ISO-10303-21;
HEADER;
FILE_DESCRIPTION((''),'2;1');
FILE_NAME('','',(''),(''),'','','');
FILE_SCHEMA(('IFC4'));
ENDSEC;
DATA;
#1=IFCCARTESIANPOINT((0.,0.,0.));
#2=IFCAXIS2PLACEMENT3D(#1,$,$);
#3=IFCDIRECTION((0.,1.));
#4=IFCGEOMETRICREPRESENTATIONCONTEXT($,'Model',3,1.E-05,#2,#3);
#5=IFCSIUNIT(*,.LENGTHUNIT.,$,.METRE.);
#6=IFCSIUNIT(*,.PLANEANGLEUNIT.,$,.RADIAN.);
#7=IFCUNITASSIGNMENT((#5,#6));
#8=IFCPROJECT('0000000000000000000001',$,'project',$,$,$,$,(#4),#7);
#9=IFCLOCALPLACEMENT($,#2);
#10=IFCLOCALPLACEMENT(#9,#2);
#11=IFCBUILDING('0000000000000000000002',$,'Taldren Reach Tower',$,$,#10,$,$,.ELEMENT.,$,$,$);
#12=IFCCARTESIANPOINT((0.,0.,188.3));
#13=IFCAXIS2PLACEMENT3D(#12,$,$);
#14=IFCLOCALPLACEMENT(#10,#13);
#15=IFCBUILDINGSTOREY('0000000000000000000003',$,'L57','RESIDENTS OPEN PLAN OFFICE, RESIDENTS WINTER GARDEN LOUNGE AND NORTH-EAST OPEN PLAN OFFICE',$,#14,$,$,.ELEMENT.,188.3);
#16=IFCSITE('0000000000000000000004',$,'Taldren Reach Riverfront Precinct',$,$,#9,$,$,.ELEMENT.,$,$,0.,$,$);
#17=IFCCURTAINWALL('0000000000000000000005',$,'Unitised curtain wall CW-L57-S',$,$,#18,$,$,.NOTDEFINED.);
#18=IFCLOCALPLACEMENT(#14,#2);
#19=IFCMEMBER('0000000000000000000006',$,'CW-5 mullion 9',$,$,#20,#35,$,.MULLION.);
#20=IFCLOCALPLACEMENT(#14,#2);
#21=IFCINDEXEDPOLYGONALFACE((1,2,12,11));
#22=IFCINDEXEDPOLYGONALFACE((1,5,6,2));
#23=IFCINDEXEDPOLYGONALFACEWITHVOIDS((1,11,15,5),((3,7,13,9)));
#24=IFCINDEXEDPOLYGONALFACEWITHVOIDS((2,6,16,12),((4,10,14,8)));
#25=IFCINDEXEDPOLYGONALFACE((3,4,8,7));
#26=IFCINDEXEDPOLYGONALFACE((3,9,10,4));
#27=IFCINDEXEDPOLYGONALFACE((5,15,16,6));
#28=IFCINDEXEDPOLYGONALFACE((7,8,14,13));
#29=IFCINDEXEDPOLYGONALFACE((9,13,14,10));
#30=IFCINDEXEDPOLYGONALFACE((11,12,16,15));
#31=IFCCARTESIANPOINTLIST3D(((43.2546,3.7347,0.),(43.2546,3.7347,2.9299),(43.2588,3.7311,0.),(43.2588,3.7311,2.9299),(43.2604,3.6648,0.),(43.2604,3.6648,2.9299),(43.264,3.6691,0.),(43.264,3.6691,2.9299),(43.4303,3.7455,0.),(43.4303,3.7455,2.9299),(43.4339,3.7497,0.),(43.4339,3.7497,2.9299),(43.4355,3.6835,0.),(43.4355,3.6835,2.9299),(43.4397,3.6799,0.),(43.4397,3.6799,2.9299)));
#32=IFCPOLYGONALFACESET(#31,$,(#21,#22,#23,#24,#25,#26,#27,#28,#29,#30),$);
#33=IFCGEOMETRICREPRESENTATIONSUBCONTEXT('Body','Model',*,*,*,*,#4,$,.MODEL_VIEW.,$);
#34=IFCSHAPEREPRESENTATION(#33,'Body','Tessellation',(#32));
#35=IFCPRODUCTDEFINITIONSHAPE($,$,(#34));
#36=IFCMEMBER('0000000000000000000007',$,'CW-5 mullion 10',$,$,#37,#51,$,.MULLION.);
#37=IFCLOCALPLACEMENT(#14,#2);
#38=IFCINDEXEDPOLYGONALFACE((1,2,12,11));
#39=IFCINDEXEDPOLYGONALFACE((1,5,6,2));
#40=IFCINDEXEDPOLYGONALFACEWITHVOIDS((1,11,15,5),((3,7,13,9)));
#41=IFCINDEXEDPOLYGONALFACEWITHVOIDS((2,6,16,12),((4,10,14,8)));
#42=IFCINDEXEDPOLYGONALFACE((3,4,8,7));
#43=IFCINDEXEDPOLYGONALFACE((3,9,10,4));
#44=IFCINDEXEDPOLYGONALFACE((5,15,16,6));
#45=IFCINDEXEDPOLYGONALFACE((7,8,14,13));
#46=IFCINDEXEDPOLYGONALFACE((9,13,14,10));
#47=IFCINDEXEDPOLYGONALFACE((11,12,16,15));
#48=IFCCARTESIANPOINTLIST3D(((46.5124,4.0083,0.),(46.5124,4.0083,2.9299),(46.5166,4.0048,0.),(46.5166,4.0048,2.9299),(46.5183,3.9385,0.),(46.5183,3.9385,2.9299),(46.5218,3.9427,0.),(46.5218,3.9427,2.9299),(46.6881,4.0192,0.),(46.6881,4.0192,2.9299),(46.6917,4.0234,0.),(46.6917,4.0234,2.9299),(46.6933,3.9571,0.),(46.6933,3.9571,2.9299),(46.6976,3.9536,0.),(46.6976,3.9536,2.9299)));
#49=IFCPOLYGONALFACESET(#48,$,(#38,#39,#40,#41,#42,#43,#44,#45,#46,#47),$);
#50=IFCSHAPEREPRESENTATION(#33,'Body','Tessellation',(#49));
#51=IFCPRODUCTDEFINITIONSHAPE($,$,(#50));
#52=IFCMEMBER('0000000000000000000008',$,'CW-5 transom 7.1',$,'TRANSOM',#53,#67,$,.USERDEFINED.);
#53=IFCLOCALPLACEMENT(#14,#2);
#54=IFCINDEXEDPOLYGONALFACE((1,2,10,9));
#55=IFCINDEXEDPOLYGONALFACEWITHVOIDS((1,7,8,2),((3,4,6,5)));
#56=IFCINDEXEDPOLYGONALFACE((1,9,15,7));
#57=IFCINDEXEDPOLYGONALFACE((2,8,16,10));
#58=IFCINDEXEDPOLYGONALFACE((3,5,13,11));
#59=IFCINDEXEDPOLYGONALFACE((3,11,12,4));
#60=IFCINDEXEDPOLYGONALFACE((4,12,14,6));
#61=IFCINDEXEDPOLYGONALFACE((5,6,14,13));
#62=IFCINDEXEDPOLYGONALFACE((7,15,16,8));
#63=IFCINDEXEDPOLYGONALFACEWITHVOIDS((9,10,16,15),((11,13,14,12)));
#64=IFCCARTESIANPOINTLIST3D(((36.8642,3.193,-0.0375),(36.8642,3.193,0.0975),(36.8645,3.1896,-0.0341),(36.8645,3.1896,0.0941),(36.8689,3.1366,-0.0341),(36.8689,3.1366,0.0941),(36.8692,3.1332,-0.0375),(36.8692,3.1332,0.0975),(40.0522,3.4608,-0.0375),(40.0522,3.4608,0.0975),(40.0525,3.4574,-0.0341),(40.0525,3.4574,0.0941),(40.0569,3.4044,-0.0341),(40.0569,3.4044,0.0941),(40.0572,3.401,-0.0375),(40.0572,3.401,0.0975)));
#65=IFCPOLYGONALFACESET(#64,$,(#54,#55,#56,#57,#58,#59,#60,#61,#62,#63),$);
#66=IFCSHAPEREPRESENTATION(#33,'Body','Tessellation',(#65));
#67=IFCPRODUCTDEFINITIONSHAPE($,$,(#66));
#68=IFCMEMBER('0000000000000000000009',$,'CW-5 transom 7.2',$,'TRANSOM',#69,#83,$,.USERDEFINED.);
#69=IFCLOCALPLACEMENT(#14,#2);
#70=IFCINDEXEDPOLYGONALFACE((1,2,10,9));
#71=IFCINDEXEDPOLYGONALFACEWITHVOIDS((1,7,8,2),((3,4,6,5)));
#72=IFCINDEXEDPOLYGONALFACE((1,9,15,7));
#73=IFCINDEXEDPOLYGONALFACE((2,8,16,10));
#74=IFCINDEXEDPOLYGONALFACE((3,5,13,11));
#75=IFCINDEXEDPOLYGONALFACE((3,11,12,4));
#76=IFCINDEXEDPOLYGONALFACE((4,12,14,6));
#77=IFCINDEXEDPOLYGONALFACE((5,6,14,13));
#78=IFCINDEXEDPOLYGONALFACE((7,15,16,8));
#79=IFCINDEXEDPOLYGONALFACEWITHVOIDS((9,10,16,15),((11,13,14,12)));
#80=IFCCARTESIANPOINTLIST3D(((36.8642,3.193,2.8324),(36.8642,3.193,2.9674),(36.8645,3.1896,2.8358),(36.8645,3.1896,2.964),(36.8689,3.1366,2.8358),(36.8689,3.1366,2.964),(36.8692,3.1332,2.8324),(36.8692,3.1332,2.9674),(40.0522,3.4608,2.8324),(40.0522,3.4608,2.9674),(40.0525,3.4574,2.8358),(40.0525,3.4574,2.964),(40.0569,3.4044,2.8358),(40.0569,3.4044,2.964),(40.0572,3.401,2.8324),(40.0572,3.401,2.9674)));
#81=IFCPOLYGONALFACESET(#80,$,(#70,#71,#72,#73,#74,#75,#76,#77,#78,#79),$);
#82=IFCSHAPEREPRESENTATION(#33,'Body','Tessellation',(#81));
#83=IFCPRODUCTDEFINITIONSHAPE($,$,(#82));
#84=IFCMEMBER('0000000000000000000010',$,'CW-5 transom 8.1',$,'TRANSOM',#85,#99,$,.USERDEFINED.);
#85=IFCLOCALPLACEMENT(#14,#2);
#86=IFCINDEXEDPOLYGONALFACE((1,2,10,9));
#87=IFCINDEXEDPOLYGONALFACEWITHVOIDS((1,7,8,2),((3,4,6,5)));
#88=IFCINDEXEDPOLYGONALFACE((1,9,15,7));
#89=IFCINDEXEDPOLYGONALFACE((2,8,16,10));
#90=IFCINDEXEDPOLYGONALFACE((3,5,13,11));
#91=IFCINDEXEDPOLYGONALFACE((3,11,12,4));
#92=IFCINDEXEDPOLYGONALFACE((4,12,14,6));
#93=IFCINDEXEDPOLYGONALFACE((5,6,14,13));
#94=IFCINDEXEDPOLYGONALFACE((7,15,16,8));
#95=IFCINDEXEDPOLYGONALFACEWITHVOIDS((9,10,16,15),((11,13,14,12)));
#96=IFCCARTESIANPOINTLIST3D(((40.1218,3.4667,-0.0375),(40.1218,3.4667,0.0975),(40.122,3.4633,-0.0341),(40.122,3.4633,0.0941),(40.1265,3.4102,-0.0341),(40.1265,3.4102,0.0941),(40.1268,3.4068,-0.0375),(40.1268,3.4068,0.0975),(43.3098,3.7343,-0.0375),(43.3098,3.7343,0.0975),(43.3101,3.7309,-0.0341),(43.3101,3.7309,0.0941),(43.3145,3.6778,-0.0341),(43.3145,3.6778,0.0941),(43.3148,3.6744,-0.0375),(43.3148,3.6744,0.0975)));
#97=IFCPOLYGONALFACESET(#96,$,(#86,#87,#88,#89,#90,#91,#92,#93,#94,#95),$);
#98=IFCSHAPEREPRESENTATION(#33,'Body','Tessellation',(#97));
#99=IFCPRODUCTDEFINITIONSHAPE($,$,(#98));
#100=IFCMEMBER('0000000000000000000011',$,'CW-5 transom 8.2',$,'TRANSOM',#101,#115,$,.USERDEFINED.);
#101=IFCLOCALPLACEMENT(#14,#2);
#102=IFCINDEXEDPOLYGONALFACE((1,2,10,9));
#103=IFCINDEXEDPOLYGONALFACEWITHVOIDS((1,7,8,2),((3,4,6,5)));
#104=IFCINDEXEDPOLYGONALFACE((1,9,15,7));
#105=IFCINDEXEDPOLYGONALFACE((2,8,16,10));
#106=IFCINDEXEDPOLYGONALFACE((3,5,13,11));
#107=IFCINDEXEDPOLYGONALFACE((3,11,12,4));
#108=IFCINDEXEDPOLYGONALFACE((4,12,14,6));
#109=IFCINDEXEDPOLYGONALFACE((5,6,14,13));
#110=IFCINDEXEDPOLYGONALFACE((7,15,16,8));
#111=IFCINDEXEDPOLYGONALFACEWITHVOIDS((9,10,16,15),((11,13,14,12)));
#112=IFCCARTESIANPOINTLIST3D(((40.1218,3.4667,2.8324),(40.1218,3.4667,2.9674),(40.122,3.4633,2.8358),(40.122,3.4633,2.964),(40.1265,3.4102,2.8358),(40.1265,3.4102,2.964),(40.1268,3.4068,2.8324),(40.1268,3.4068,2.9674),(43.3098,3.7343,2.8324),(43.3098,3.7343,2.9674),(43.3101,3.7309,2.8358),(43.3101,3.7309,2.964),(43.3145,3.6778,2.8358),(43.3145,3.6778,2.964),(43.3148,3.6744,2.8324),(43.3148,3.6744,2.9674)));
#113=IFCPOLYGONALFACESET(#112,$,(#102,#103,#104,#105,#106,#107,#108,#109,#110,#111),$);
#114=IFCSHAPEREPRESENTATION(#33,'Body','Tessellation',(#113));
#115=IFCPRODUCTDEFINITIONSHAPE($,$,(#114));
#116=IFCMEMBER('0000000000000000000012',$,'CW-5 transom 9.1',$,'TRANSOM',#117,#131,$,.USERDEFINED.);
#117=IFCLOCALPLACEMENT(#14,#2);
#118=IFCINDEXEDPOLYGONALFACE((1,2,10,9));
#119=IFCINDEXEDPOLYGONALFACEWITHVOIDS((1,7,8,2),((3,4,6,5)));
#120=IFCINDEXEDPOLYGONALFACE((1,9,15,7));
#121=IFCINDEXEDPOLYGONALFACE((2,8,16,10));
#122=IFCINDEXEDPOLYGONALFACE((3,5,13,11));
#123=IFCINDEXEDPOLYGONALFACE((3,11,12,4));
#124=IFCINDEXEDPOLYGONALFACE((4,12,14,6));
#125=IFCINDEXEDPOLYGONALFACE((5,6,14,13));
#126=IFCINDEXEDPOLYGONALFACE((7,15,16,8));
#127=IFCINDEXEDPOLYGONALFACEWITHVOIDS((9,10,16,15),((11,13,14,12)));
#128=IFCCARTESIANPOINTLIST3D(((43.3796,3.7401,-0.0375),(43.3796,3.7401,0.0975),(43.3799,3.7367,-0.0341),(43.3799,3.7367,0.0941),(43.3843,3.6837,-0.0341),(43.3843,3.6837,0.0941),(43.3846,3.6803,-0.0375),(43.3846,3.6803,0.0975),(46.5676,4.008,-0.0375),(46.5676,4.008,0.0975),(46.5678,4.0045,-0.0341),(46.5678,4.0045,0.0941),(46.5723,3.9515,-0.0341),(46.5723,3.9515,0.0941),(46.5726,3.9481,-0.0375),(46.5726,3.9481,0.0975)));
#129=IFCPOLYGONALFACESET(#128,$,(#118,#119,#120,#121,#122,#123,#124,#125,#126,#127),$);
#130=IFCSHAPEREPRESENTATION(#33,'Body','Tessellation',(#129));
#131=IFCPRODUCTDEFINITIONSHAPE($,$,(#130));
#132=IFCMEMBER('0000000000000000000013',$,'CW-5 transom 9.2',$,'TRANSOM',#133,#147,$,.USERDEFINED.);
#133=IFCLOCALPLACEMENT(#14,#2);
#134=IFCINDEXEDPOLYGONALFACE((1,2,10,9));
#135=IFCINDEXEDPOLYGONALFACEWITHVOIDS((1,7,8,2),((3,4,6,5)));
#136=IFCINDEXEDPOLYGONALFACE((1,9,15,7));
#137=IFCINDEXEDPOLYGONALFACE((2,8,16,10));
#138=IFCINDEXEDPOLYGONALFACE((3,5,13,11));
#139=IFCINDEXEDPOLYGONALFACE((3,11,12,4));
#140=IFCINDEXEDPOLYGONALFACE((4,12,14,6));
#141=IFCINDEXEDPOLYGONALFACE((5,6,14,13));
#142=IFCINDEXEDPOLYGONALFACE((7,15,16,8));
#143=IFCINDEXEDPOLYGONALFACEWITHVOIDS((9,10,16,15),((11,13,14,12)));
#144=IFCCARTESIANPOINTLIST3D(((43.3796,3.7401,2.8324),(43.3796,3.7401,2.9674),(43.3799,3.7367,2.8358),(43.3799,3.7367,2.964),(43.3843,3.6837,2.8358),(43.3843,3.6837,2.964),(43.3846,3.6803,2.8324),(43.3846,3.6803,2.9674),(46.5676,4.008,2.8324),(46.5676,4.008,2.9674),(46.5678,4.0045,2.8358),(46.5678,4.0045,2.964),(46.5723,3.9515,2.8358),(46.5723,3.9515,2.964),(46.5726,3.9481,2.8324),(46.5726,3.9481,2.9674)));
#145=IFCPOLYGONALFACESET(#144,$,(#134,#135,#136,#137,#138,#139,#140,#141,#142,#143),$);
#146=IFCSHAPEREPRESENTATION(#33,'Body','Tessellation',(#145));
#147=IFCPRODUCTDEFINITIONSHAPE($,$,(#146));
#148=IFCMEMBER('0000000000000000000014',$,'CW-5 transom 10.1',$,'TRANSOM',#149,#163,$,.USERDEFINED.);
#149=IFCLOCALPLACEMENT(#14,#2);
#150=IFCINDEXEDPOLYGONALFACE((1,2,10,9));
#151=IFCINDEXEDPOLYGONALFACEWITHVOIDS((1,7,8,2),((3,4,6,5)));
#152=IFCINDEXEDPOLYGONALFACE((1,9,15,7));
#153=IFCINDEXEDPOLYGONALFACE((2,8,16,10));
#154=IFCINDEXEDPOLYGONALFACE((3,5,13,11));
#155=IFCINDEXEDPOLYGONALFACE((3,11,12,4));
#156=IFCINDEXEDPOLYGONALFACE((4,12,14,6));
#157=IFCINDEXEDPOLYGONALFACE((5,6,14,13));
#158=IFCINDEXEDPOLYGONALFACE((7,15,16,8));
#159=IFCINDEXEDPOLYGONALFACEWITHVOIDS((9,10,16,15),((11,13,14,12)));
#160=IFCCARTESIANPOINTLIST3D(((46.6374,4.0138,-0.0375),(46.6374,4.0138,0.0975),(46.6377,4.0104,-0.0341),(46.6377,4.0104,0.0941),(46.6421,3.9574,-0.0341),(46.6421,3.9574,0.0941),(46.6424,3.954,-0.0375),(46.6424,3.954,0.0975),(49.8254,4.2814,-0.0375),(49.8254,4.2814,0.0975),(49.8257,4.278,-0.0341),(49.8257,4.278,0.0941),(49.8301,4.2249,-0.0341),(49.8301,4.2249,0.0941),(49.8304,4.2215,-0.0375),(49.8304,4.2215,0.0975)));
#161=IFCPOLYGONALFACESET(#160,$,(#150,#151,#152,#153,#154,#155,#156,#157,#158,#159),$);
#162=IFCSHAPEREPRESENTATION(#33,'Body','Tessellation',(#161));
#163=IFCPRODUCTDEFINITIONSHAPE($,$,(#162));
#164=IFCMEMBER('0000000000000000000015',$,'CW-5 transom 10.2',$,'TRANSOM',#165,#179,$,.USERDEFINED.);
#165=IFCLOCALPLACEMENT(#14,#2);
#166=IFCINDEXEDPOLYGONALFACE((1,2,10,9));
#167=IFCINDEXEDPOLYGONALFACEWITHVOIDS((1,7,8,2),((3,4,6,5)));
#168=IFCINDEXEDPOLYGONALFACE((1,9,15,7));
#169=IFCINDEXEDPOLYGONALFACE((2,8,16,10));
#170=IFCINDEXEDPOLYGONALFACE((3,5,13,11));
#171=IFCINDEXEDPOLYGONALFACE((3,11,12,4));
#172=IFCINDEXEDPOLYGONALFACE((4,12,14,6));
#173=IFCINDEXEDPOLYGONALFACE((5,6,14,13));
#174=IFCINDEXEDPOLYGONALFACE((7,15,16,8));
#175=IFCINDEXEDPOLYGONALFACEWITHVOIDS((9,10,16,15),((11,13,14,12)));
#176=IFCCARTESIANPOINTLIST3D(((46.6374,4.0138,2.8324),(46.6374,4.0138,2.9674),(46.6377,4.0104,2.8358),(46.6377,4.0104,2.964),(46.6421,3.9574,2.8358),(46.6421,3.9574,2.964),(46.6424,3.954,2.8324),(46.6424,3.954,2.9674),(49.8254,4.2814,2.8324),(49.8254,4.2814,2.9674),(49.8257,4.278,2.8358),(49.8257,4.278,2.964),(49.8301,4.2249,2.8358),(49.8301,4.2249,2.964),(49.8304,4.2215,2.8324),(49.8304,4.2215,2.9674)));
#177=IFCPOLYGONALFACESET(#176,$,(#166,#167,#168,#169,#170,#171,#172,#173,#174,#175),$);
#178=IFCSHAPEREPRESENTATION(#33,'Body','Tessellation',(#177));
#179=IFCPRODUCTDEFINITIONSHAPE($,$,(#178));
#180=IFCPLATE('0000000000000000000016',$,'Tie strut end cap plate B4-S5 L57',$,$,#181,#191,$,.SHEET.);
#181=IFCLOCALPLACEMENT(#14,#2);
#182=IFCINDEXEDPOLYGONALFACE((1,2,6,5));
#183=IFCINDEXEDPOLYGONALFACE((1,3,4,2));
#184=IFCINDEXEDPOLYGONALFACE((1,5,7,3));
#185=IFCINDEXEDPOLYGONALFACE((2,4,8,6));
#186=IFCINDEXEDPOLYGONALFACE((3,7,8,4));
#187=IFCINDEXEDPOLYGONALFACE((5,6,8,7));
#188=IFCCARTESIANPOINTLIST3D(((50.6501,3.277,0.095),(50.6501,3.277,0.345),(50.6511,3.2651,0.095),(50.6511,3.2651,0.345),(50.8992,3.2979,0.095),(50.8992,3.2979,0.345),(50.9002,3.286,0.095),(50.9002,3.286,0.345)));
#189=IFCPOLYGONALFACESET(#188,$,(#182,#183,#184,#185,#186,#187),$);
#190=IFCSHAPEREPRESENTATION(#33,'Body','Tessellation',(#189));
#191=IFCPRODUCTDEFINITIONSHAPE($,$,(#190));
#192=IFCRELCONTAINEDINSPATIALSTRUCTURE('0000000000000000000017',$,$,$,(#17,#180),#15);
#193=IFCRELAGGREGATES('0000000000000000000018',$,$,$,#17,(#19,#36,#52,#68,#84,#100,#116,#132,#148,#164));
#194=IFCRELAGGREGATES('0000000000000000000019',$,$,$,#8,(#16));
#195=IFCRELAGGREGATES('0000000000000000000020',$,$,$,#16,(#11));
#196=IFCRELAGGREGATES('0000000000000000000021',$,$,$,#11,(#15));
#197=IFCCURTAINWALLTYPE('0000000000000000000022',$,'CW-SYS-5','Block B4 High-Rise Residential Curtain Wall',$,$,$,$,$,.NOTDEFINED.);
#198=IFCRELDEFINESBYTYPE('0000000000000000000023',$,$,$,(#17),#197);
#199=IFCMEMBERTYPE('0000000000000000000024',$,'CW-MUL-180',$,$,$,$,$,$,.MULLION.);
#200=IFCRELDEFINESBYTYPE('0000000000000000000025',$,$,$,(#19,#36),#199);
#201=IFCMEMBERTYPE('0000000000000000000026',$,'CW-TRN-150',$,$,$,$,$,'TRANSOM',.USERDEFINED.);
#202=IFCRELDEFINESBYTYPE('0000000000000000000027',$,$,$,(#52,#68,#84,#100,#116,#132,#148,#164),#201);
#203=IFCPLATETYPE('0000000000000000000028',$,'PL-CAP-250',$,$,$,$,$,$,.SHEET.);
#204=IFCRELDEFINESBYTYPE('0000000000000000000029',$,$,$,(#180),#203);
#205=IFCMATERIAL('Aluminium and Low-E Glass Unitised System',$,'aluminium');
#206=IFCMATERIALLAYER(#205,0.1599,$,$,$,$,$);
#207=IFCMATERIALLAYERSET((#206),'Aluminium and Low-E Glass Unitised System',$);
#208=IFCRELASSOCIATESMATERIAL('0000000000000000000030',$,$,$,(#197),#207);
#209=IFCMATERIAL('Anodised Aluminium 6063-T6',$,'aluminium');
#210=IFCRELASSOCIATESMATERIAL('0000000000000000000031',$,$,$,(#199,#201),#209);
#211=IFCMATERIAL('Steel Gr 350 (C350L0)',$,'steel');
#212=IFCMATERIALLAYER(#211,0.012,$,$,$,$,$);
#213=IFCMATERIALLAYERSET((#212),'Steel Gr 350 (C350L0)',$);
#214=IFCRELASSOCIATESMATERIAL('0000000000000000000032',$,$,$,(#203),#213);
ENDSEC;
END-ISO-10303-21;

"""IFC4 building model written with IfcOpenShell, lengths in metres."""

from ifc_helpers import new_model, si_unit, direction, frame, origin, origin_2d, place, context, subcontext, project, spatial, rectangle, hollow_rectangle, extrude, source, transform, mapped, material, layer, layer_set, material_profile, profile_set, type_object, element, aggregate, save


model = new_model("IFC4")

# Units and contexts
model_context = context("Model", 3, precision=1e-05, world=origin(), true_north=direction((0.0, 1.0)))
body_context = subcontext(model_context, "Body", "Model", "MODEL_VIEW")
ifc_project = project(units=[si_unit("LENGTHUNIT", "METRE"), si_unit("PLANEANGLEUNIT", "RADIAN")], contexts=[model_context])

# Site, building, storey
site_placement = place(None, origin())
site = spatial("IfcSite", under=ifc_project, at=site_placement, Name="Taldren Reach Riverfront Precinct", CompositionType="ELEMENT", RefElevation=0.0)
building_placement = place(site_placement, origin())
building = spatial("IfcBuilding", under=site, at=building_placement, Name="Taldren Reach Tower", CompositionType="ELEMENT")
storey_placement = place(building_placement, frame((0.0, 0.0, 188.3)))
storey = spatial("IfcBuildingStorey", under=building, at=storey_placement, Name="L57", Description="RESIDENTS OPEN PLAN OFFICE, RESIDENTS WINTER GARDEN LOUNGE AND NORTH-EAST OPEN PLAN OFFICE", CompositionType="ELEMENT", Elevation=188.3)

# Shared definitions
ifc_material_1 = material(Name="Steel Gr 350 (C350L0)", Category="steel")

# Curtain wall, members
ifc_material_2 = material(Name="Aluminium and Low-E Glass Unitised System", Category="aluminium")
ifc_layer_1 = layer(ifc_material_2, 0.1599)
ifc_layer_set_1 = layer_set([ifc_layer_1], Name="Aluminium and Low-E Glass Unitised System")
curtain_wall_type = type_object("IfcCurtainWallType", Name="CW-SYS-5", Description="Block B4 High-Rise Residential Curtain Wall", PredefinedType="NOTDEFINED", material=ifc_layer_set_1)
curtain_wall_placement = place(storey_placement, origin())
curtain_wall = element("IfcCurtainWall", 1, at=curtain_wall_placement, inside=storey, type_object=curtain_wall_type, Name="Unitised curtain wall CW-L57-S", PredefinedType="NOTDEFINED")
ifc_material_3 = material(Name="Anodised Aluminium 6063-T6", Category="aluminium")
ifc_material_profile_1 = material_profile(ifc_material_3, hollow_rectangle(XDim=0.0701, YDim=0.1799, WallThickness=0.0039, at=origin_2d()), Name="ALU-180x70x4RHS")
ifc_profile_set_1 = profile_set([ifc_material_profile_1], Name="Anodised Aluminium 6063-T6")
member_type_1 = type_object("IfcMemberType", Name="CW-MUL-180", PredefinedType="MULLION", material=ifc_profile_set_1)
shared_shape_1 = source(origin(), body_context, "Body", "SweptSolid", [
    extrude(hollow_rectangle(XDim=0.0701, YDim=0.1799, WallThickness=0.0039, at=origin_2d()), origin(), (0.0, 0.0, 1.0), 2.9299),
])
member_1_placement = place(storey_placement, frame((43.3472, 3.7073, 0.0), z_axis=(0.0, 0.0, 1.0), x_axis=(-0.083678, 0.996493, 0.0)))
member_1 = element("IfcMember", 2, at=member_1_placement, type_object=member_type_1, Name="CW-5 mullion 9", PredefinedType="MULLION", context=body_context, shape_type="MappedRepresentation", body=[
    mapped(shared_shape_1, transform((0.0, 0.0, 0.0), scale=1.0)),
])
member_2_placement = place(storey_placement, frame((46.605, 3.981, 0.0), z_axis=(0.0, 0.0, 1.0), x_axis=(-0.083678, 0.996493, 0.0)))
member_2 = element("IfcMember", 3, at=member_2_placement, type_object=member_type_1, Name="CW-5 mullion 10", PredefinedType="MULLION", context=body_context, shape_type="MappedRepresentation", body=[
    mapped(shared_shape_1, transform((0.0, 0.0, 0.0), scale=1.0)),
])
ifc_material_profile_2 = material_profile(ifc_material_3, hollow_rectangle(XDim=0.0601, YDim=0.135, WallThickness=0.0034, at=origin_2d()), Name="ALU-135x60x3.5RHS")
ifc_profile_set_2 = profile_set([ifc_material_profile_2], Name="Anodised Aluminium 6063-T6")
member_type_2 = type_object("IfcMemberType", Name="CW-TRN-150", ElementType="TRANSOM", PredefinedType="USERDEFINED", material=ifc_profile_set_2)
shared_shape_2 = source(origin(), body_context, "Body", "SweptSolid", [
    extrude(hollow_rectangle(XDim=0.0601, YDim=0.135, WallThickness=0.0034, at=origin_2d()), origin(), (0.0, 0.0, 1.0), 3.1992),
])
member_3_placement = place(storey_placement, frame((36.8667, 3.1631, 0.03), z_axis=(0.99649, 0.083715, 0.0), x_axis=(-0.083715, 0.99649, 0.0)))
member_3 = element("IfcMember", 4, at=member_3_placement, type_object=member_type_2, Name="CW-5 transom 7.1", ObjectType="TRANSOM", PredefinedType="USERDEFINED", context=body_context, shape_type="MappedRepresentation", body=[
    mapped(shared_shape_2, transform((0.0, 0.0, 0.0), scale=1.0)),
])
member_4_placement = place(storey_placement, frame((36.8667, 3.1631, 2.8999), z_axis=(0.99649, 0.083715, 0.0), x_axis=(-0.083715, 0.99649, 0.0)))
member_4 = element("IfcMember", 5, at=member_4_placement, type_object=member_type_2, Name="CW-5 transom 7.2", ObjectType="TRANSOM", PredefinedType="USERDEFINED", context=body_context, shape_type="MappedRepresentation", body=[
    mapped(shared_shape_2, transform((0.0, 0.0, 0.0), scale=1.0)),
])
member_5_placement = place(storey_placement, frame((40.1243, 3.4368, 0.03), z_axis=(0.996496, 0.083639, 0.0), x_axis=(-0.083639, 0.996496, 0.0)))
member_5 = element("IfcMember", 6, at=member_5_placement, type_object=member_type_2, Name="CW-5 transom 8.1", ObjectType="TRANSOM", PredefinedType="USERDEFINED", context=body_context, shape_type="MappedRepresentation", body=[
    mapped(shared_shape_2, transform((0.0, 0.0, 0.0), scale=1.0)),
])
member_6_placement = place(storey_placement, frame((40.1243, 3.4368, 2.8999), z_axis=(0.996496, 0.083639, 0.0), x_axis=(-0.083639, 0.996496, 0.0)))
member_6 = element("IfcMember", 7, at=member_6_placement, type_object=member_type_2, Name="CW-5 transom 8.2", ObjectType="TRANSOM", PredefinedType="USERDEFINED", context=body_context, shape_type="MappedRepresentation", body=[
    mapped(shared_shape_2, transform((0.0, 0.0, 0.0), scale=1.0)),
])
member_7_placement = place(storey_placement, frame((43.3821, 3.7102, 0.03), z_axis=(0.99649, 0.083715, 0.0), x_axis=(-0.083715, 0.99649, 0.0)))
member_7 = element("IfcMember", 8, at=member_7_placement, type_object=member_type_2, Name="CW-5 transom 9.1", ObjectType="TRANSOM", PredefinedType="USERDEFINED", context=body_context, shape_type="MappedRepresentation", body=[
    mapped(shared_shape_2, transform((0.0, 0.0, 0.0), scale=1.0)),
])
member_8_placement = place(storey_placement, frame((43.3821, 3.7102, 2.8999), z_axis=(0.99649, 0.083715, 0.0), x_axis=(-0.083715, 0.99649, 0.0)))
member_8 = element("IfcMember", 9, at=member_8_placement, type_object=member_type_2, Name="CW-5 transom 9.2", ObjectType="TRANSOM", PredefinedType="USERDEFINED", context=body_context, shape_type="MappedRepresentation", body=[
    mapped(shared_shape_2, transform((0.0, 0.0, 0.0), scale=1.0)),
])
member_9_placement = place(storey_placement, frame((46.6399, 3.9839, 0.03), z_axis=(0.996496, 0.083639, 0.0), x_axis=(-0.083639, 0.996496, 0.0)))
member_9 = element("IfcMember", 10, at=member_9_placement, type_object=member_type_2, Name="CW-5 transom 10.1", ObjectType="TRANSOM", PredefinedType="USERDEFINED", context=body_context, shape_type="MappedRepresentation", body=[
    mapped(shared_shape_2, transform((0.0, 0.0, 0.0), scale=1.0)),
])
member_10_placement = place(storey_placement, frame((46.6399, 3.9839, 2.8999), z_axis=(0.996496, 0.083639, 0.0), x_axis=(-0.083639, 0.996496, 0.0)))
member_10 = element("IfcMember", 11, at=member_10_placement, type_object=member_type_2, Name="CW-5 transom 10.2", ObjectType="TRANSOM", PredefinedType="USERDEFINED", context=body_context, shape_type="MappedRepresentation", body=[
    mapped(shared_shape_2, transform((0.0, 0.0, 0.0), scale=1.0)),
])

# Plate
ifc_layer_2 = layer(ifc_material_1, 0.012)
ifc_layer_set_2 = layer_set([ifc_layer_2], Name="Steel Gr 350 (C350L0)")
plate_type_1 = type_object("IfcPlateType", Name="PL-CAP-250", PredefinedType="SHEET", material=ifc_layer_set_2)
shared_shape_3 = source(origin(), body_context, "Body", "SweptSolid", [
    extrude(rectangle(XDim=0.25, YDim=0.012, at=origin_2d()), origin(), (0.0, 0.0, 1.0), 0.25),
])
plate_1_placement = place(storey_placement, frame((50.7751, 3.2815, 0.095), z_axis=(0.0, 0.0, 1.0), x_axis=(0.996493, 0.083678, 0.0)))
element("IfcPlate", 12, at=plate_1_placement, inside=storey, type_object=plate_type_1, Name="Tie strut end cap plate B4-S5 L57", PredefinedType="SHEET", context=body_context, shape_type="MappedRepresentation", body=[
    mapped(shared_shape_3, transform((0.0, 0.0, 0.0), scale=1.0)),
])

aggregate(curtain_wall, [member_1, member_2, member_3, member_4, member_5, member_6, member_7, member_8, member_9, member_10])

save(model, "model.ifc")
